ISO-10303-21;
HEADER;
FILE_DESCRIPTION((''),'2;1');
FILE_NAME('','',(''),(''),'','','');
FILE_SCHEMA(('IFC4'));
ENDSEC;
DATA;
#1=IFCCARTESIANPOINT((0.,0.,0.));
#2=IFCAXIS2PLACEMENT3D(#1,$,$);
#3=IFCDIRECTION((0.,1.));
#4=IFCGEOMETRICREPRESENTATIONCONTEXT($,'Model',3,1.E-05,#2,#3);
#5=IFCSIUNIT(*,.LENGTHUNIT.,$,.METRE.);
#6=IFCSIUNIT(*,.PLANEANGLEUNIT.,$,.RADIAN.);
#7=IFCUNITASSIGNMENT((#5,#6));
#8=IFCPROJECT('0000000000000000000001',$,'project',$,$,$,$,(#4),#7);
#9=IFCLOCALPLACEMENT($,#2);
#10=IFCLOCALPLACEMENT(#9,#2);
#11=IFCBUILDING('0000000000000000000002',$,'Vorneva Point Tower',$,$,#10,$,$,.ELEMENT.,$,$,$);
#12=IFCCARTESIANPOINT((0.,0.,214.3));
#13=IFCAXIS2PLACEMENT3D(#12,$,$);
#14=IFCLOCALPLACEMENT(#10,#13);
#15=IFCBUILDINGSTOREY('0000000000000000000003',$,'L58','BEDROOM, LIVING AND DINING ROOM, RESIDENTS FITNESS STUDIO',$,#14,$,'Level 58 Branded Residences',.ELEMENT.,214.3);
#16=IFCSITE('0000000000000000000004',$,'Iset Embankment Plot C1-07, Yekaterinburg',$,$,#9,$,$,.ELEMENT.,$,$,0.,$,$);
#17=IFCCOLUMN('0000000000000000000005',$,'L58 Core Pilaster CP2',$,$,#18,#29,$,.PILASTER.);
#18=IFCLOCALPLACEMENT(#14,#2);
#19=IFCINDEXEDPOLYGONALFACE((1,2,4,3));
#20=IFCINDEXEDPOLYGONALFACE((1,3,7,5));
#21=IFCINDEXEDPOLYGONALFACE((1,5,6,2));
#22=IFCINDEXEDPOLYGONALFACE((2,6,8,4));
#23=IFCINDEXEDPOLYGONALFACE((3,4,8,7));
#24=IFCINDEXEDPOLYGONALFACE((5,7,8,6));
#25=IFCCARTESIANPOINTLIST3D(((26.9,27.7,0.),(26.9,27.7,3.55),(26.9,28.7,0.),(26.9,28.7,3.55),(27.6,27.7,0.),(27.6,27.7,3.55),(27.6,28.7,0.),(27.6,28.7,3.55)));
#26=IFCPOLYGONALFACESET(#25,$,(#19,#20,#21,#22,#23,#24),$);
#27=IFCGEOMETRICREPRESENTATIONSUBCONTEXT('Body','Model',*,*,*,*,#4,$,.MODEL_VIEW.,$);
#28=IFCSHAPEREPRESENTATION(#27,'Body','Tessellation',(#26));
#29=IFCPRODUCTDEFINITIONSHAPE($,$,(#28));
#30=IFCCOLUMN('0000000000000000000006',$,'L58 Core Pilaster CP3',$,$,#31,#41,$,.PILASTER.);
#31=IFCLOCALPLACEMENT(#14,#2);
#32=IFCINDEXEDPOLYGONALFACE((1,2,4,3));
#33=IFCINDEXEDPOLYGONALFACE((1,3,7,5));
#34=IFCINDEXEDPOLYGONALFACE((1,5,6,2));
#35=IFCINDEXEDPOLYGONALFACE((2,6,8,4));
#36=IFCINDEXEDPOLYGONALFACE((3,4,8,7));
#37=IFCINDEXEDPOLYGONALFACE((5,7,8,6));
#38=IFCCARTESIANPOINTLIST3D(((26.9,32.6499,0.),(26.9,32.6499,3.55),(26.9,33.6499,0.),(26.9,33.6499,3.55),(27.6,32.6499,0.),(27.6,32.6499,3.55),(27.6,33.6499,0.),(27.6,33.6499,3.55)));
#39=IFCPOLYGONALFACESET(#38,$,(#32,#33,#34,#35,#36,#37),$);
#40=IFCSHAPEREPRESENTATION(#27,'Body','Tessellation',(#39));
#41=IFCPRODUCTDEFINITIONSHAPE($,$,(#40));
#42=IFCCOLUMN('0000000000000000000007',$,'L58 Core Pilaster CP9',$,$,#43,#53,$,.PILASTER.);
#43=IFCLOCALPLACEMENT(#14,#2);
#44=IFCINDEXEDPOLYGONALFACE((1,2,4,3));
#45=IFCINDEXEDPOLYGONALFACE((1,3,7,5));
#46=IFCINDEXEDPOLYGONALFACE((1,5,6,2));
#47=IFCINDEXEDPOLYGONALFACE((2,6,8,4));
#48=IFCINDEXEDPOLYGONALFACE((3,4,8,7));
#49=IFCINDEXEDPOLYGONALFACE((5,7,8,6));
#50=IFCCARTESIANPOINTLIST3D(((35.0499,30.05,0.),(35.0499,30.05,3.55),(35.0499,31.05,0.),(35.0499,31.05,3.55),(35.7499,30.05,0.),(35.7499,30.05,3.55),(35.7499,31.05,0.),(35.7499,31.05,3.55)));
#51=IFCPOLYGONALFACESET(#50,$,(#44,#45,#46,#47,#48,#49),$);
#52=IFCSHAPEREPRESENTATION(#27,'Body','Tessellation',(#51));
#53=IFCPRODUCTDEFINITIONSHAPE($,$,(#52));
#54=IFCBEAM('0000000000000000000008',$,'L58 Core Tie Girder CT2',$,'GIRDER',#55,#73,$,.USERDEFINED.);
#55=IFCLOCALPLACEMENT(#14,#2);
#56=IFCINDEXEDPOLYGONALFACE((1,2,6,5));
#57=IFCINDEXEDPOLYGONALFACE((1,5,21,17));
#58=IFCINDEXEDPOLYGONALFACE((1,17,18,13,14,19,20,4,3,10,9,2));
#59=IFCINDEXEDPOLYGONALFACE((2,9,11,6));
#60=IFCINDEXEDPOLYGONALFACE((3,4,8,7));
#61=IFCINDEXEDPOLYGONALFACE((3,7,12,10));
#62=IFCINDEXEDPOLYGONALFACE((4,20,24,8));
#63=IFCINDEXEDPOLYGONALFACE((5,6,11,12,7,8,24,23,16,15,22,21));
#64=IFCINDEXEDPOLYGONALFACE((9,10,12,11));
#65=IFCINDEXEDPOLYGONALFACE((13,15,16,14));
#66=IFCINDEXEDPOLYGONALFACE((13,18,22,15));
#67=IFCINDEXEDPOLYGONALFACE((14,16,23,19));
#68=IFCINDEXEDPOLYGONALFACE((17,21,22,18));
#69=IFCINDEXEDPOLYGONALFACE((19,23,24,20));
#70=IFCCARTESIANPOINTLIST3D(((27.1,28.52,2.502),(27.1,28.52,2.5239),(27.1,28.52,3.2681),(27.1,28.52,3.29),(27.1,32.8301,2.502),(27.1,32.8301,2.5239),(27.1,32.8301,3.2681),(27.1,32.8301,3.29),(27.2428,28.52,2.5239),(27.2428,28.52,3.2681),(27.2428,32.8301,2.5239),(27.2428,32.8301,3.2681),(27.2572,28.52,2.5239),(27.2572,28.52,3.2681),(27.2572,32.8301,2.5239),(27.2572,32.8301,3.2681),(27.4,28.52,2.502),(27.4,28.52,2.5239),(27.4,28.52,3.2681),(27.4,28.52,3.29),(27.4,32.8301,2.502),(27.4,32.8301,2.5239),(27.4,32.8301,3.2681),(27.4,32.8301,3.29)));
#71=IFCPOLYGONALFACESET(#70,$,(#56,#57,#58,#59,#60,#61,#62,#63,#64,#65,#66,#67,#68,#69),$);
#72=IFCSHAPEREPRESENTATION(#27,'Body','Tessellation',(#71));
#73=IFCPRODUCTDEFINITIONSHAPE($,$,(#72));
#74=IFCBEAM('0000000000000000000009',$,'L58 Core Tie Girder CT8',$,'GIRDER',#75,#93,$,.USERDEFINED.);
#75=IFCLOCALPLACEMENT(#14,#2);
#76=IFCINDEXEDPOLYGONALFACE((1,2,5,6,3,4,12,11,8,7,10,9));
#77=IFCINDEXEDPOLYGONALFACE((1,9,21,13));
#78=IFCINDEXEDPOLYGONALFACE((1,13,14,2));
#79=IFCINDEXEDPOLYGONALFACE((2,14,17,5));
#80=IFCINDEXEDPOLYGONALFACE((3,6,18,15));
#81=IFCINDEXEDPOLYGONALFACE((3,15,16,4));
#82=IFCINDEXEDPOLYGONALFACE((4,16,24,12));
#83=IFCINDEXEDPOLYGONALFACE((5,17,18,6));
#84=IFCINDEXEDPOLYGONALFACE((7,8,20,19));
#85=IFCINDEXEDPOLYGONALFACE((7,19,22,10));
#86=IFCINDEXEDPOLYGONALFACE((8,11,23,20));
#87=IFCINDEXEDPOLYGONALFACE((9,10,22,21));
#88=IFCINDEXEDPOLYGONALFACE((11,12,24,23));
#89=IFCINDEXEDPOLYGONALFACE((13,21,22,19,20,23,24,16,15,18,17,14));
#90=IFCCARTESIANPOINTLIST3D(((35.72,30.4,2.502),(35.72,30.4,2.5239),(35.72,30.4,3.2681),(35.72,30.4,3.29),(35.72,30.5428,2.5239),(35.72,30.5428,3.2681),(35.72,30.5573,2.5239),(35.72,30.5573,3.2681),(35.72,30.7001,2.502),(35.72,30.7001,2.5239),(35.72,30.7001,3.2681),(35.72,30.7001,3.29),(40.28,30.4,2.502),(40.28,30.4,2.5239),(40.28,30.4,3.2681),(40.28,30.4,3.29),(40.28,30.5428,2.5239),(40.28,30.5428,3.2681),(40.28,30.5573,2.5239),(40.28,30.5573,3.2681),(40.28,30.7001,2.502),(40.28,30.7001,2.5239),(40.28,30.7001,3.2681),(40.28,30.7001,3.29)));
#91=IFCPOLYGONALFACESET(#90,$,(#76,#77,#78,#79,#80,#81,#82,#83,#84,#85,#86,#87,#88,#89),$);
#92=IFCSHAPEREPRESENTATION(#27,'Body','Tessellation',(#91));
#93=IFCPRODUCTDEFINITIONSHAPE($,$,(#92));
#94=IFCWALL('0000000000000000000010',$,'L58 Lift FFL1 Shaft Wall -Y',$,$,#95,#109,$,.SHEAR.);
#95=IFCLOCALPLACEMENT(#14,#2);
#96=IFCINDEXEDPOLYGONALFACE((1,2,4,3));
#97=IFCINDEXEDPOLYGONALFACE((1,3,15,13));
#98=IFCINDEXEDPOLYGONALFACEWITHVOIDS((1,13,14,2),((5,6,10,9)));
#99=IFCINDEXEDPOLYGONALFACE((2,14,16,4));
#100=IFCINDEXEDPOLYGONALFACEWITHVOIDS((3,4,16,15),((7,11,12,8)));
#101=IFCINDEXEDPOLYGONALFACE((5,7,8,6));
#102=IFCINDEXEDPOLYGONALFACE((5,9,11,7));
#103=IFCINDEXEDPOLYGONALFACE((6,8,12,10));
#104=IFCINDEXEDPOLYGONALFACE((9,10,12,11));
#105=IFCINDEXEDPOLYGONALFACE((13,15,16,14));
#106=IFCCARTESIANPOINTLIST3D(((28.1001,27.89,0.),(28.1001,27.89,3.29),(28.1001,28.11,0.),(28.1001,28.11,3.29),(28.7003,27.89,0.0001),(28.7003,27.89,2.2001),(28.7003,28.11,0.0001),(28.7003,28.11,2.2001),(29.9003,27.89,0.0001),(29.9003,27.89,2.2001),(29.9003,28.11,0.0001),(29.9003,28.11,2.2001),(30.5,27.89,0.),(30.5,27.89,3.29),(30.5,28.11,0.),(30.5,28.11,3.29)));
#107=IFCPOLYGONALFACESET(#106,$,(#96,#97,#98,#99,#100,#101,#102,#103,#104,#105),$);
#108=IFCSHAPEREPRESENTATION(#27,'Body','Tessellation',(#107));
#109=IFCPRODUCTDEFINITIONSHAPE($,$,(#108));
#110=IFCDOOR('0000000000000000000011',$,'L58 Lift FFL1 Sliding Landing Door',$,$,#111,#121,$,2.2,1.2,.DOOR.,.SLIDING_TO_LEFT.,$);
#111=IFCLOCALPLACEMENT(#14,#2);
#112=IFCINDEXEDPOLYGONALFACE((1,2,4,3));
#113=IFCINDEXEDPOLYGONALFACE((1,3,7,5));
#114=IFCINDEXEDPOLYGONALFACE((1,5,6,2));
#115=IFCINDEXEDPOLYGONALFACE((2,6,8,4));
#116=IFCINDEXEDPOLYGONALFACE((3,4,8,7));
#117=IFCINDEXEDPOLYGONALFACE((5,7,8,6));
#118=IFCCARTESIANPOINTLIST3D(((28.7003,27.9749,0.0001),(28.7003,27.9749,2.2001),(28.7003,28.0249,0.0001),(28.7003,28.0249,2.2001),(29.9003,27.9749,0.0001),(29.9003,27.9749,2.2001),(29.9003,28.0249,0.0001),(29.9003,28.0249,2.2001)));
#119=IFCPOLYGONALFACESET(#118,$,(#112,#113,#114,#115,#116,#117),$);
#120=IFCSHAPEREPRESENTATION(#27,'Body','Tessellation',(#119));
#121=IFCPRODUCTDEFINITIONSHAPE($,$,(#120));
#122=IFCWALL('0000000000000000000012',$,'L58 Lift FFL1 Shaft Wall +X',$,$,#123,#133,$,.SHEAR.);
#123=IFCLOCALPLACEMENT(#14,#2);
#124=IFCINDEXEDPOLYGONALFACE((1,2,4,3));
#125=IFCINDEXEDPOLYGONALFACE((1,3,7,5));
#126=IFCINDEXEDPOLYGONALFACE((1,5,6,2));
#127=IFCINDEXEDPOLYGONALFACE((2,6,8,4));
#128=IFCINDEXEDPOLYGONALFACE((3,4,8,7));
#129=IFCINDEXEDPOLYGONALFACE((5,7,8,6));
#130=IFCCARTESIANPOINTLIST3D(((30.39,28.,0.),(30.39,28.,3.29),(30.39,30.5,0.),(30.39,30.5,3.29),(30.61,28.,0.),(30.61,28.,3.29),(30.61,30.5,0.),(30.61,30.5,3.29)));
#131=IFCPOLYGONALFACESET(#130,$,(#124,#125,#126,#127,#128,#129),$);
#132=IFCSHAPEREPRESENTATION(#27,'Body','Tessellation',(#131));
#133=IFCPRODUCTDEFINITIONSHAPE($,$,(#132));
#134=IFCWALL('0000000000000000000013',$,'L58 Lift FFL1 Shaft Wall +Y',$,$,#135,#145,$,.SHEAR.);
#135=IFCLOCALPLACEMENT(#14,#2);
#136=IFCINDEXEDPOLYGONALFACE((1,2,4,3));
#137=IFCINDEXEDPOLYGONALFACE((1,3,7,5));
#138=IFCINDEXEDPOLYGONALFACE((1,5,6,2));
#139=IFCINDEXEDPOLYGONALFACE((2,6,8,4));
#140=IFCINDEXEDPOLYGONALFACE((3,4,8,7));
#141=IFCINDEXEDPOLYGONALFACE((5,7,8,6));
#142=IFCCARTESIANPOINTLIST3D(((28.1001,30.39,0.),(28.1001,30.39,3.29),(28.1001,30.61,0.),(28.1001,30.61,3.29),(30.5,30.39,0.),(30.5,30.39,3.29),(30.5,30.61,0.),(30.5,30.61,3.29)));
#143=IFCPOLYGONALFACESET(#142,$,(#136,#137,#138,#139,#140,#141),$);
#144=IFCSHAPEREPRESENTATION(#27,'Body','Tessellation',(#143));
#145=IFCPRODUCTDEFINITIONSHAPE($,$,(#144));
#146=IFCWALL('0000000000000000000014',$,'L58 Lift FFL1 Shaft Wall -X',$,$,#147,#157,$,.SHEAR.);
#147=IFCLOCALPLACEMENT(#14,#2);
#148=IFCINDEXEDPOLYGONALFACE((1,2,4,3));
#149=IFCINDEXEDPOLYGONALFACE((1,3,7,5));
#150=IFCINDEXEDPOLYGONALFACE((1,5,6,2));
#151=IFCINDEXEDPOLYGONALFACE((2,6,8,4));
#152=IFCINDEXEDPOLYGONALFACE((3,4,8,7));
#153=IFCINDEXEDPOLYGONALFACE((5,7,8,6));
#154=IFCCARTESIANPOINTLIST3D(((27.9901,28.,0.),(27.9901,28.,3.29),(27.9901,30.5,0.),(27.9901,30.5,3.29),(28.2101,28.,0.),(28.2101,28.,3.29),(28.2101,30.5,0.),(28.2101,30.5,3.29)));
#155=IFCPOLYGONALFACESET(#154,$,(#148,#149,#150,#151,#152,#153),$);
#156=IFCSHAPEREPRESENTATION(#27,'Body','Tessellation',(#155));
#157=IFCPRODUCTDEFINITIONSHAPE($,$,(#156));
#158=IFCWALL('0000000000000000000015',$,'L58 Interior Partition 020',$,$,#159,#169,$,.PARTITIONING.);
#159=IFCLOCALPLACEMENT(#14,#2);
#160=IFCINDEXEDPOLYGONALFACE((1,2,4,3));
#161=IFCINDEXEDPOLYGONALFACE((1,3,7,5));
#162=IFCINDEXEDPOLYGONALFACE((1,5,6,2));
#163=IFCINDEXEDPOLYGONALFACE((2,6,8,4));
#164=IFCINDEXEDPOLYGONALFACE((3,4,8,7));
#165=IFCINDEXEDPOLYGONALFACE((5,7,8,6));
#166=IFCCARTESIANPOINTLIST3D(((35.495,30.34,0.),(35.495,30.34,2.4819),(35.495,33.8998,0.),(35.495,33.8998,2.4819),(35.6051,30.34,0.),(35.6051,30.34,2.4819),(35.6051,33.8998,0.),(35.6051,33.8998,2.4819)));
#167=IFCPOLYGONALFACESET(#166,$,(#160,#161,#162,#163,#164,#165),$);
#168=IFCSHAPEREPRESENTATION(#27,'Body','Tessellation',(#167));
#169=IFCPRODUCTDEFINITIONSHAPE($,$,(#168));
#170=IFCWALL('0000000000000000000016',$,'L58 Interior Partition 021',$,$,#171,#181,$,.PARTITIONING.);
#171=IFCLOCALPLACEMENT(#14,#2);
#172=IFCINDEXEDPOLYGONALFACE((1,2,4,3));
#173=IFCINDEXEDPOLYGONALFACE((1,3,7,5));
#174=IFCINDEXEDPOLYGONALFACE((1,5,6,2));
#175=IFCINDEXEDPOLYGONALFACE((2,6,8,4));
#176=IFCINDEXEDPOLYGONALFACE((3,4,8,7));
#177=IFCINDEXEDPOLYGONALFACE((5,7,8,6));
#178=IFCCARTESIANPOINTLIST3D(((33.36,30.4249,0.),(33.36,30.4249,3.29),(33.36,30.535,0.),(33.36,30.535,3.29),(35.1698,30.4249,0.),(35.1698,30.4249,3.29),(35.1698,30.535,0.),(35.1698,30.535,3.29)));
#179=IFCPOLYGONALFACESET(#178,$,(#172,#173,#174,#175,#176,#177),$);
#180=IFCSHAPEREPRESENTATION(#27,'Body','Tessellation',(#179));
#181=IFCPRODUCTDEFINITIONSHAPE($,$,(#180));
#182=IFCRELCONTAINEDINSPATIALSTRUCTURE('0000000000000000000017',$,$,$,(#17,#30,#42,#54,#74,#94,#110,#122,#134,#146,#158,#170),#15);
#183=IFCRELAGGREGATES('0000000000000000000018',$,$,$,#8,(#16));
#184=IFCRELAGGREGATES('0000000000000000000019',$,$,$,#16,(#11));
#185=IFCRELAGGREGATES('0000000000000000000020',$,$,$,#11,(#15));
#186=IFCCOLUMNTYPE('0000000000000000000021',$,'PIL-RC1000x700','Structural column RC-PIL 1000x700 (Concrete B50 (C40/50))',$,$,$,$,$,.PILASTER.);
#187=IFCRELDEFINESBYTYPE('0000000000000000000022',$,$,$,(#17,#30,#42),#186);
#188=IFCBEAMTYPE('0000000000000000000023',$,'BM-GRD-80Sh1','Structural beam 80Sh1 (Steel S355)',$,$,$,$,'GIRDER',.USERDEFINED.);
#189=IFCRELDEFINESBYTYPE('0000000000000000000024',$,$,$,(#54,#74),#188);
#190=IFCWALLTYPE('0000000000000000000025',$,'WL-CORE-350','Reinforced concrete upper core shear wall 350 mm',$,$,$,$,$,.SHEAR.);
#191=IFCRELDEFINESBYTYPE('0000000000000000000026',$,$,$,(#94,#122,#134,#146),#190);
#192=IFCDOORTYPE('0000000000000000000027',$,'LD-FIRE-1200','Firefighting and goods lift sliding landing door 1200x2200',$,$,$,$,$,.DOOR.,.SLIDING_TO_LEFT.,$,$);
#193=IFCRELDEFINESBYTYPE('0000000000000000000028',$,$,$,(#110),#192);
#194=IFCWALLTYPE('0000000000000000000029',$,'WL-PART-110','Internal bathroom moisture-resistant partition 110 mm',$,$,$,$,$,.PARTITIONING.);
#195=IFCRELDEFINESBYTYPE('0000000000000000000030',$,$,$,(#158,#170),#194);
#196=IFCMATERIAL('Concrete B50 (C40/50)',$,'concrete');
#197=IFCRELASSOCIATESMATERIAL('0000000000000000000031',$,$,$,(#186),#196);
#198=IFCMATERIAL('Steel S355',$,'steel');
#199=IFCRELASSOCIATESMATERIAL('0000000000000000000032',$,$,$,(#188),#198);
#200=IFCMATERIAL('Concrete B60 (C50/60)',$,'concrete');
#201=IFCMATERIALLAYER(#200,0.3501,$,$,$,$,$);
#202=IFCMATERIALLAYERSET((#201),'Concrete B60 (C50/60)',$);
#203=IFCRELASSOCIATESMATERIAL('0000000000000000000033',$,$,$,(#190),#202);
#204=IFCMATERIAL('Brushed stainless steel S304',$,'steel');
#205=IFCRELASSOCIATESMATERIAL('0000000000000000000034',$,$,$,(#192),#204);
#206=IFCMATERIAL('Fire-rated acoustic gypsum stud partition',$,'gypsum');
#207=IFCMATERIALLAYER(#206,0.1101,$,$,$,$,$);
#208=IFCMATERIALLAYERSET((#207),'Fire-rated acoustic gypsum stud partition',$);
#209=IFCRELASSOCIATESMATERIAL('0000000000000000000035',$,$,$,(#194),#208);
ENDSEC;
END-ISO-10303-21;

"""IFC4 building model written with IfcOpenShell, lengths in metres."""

from ifc_helpers import new_model, si_unit, direction, frame, frame_2d, origin, origin_2d, place, context, subcontext, project, spatial, rectangle, i_section, extrude, material, layer, layer_set, material_profile, profile_set, type_object, element, fill, save


model = new_model("IFC4")

# Units and contexts
model_context = context("Model", 3, precision=1e-05, world=origin(), true_north=direction((0.0, 1.0)))
body_context = subcontext(model_context, "Body", "Model", "MODEL_VIEW")
ifc_project = project(units=[si_unit("LENGTHUNIT", "METRE"), si_unit("PLANEANGLEUNIT", "RADIAN")], contexts=[model_context])

# Site, building, storey
site_placement = place(None, origin())
site = spatial("IfcSite", under=ifc_project, at=site_placement, Name="Iset Embankment Plot C1-07, Yekaterinburg", CompositionType="ELEMENT", RefElevation=0.0)
building_placement = place(site_placement, origin())
building = spatial("IfcBuilding", under=site, at=building_placement, Name="Vorneva Point Tower", CompositionType="ELEMENT")
storey_placement = place(building_placement, frame((0.0, 0.0, 214.3)))
storey = spatial("IfcBuildingStorey", under=building, at=storey_placement, Name="L58", Description="BEDROOM, LIVING AND DINING ROOM, RESIDENTS FITNESS STUDIO", LongName="Level 58 Branded Residences", CompositionType="ELEMENT", Elevation=214.3)

# Columns
ifc_material_1 = material(Name="Concrete B50 (C40/50)", Category="concrete")
ifc_material_profile_1 = material_profile(ifc_material_1, rectangle(XDim=0.7, YDim=1.0, at=origin_2d()), Name="RC-PIL 1000x700")
ifc_profile_set_1 = profile_set([ifc_material_profile_1], Name="Concrete B50 (C40/50)")
column_type = type_object("IfcColumnType", Name="PIL-RC1000x700", Description="Structural column RC-PIL 1000x700 (Concrete B50 (C40/50))", PredefinedType="PILASTER", material=ifc_profile_set_1)
for number, where, z_axis, x_axis, name in (
    (1, (27.25, 28.2, 0.0), (0.0, 0.0, 1.0), (1.0, 0.0, 0.0), "L58 Core Pilaster CP2"),
    (2, (27.25, 33.1499, 0.0), (0.0, 0.0, 1.0), (1.0, 0.0, 0.0), "L58 Core Pilaster CP3"),
    (3, (35.3999, 30.55, 0.0), (0.0, 0.0, 1.0), (1.0, 0.0, 0.0), "L58 Core Pilaster CP9"),
):
    element("IfcColumn", number, at=place(storey_placement, frame(where, z_axis=z_axis, x_axis=x_axis)), inside=storey, type_object=column_type, Name=name, PredefinedType="PILASTER", context=body_context, shape_type="SweptSolid", body=[
        extrude(rectangle(XDim=0.7, YDim=1.0, at=origin_2d()), origin(), (0.0, 0.0, 1.0), 3.55),
    ])

# Beams
ifc_material_2 = material(Name="Steel S355", Category="steel")
ifc_material_profile_2 = material_profile(ifc_material_2, i_section(OverallWidth=0.3, OverallDepth=0.7881, WebThickness=0.0144, FlangeThickness=0.022, at=origin_2d()), Name="80Sh1")
ifc_profile_set_2 = profile_set([ifc_material_profile_2], Name="Steel S355")
beam_type = type_object("IfcBeamType", Name="BM-GRD-80Sh1", Description="Structural beam 80Sh1 (Steel S355)", ElementType="GIRDER", PredefinedType="USERDEFINED", material=ifc_profile_set_2)
beam_1_placement = place(storey_placement, frame((27.25, 28.52, 2.896), z_axis=(0.0, 1.0, 0.0), x_axis=(-1.0, 0.0, 0.0)))
element("IfcBeam", 4, at=beam_1_placement, inside=storey, type_object=beam_type, Name="L58 Core Tie Girder CT2", ObjectType="GIRDER", PredefinedType="USERDEFINED", context=body_context, shape_type="SweptSolid", body=[
    extrude(i_section(OverallWidth=0.3, OverallDepth=0.7881, WebThickness=0.0144, FlangeThickness=0.022, at=origin_2d()), origin(), (0.0, 0.0, 1.0), 4.3101),
])
beam_2_placement = place(storey_placement, frame((35.72, 30.55, 2.896), z_axis=(1.0, 0.0, 0.0), x_axis=(0.0, 1.0, 0.0)))
element("IfcBeam", 5, at=beam_2_placement, inside=storey, type_object=beam_type, Name="L58 Core Tie Girder CT8", ObjectType="GIRDER", PredefinedType="USERDEFINED", context=body_context, shape_type="SweptSolid", body=[
    extrude(i_section(OverallWidth=0.3, OverallDepth=0.7881, WebThickness=0.0144, FlangeThickness=0.022, at=origin_2d()), origin(), (0.0, 0.0, 1.0), 4.5601),
])

# Wall, opening, door
ifc_material_3 = material(Name="Concrete B60 (C50/60)", Category="concrete")
ifc_layer_1 = layer(ifc_material_3, 0.3501)
ifc_layer_set_1 = layer_set([ifc_layer_1], Name="Concrete B60 (C50/60)")
wall_type_1 = type_object("IfcWallType", Name="WL-CORE-350", Description="Reinforced concrete upper core shear wall 350 mm", PredefinedType="SHEAR", material=ifc_layer_set_1)
wall_1_placement = place(storey_placement, frame((28.1001, 28.0, 0.0), z_axis=(0.0, 0.0, 1.0), x_axis=(1.0, 0.0, 0.0)))
wall_1 = element("IfcWall", 6, at=wall_1_placement, inside=storey, type_object=wall_type_1, Name="L58 Lift FFL1 Shaft Wall -Y", PredefinedType="SHEAR", context=body_context, shape_type="SweptSolid", body=[
    extrude(rectangle(XDim=2.3999, YDim=0.22, at=frame_2d((1.2, 0.0))), origin(), (0.0, 0.0, 1.0), 3.29),
])
opening_1_placement = place(wall_1_placement, frame((0.6001, 0.0, 0.0)))
opening_1 = element("IfcOpeningElement", 7, at=opening_1_placement, cuts=wall_1, PredefinedType="OPENING", context=body_context, shape_type="SweptSolid", body=[
    extrude(rectangle(XDim=1.2, YDim=2.2, at=frame_2d((0.6001, 1.1001))), frame((0.0, 0.125, 0.0), z_axis=(0.0, -1.0, 0.0), x_axis=(1.0, 0.0, 0.0)), (0.0, 0.0, 1.0), 0.2498),
])
ifc_material_4 = material(Name="Brushed stainless steel S304", Category="steel")
door_type_1 = type_object("IfcDoorType", Name="LD-FIRE-1200", Description="Firefighting and goods lift sliding landing door 1200x2200", OperationType="SLIDING_TO_LEFT", PredefinedType="DOOR", material=ifc_material_4)
door_1_placement = place(opening_1_placement, origin())
door_1 = element("IfcDoor", 8, at=door_1_placement, inside=storey, type_object=door_type_1, Name="L58 Lift FFL1 Sliding Landing Door", OperationType="SLIDING_TO_LEFT", OverallHeight=2.2, OverallWidth=1.2, PredefinedType="DOOR", context=body_context, shape_type="SweptSolid", body=[
    extrude(rectangle(XDim=1.2, YDim=2.2, at=frame_2d((0.6001, 1.1001))), frame((0.0, 0.0249, 0.0), z_axis=(0.0, -1.0, 0.0), x_axis=(1.0, 0.0, 0.0)), (0.0, 0.0, 1.0), 0.05),
])
fill(opening_1, door_1)

# Walls
wall_2_placement = place(storey_placement, frame((30.5, 28.0, 0.0), z_axis=(0.0, 0.0, 1.0), x_axis=(0.0, 1.0, 0.0)))
element("IfcWall", 9, at=wall_2_placement, inside=storey, type_object=wall_type_1, Name="L58 Lift FFL1 Shaft Wall +X", PredefinedType="SHEAR", context=body_context, shape_type="SweptSolid", body=[
    extrude(rectangle(XDim=2.5, YDim=0.22, at=frame_2d((1.25, 0.0))), origin(), (0.0, 0.0, 1.0), 3.29),
])
wall_3_placement = place(storey_placement, frame((30.5, 30.5, 0.0), z_axis=(0.0, 0.0, 1.0), x_axis=(-1.0, 0.0, 0.0)))
element("IfcWall", 10, at=wall_3_placement, inside=storey, type_object=wall_type_1, Name="L58 Lift FFL1 Shaft Wall +Y", PredefinedType="SHEAR", context=body_context, shape_type="SweptSolid", body=[
    extrude(rectangle(XDim=2.3999, YDim=0.22, at=frame_2d((1.2, 0.0))), origin(), (0.0, 0.0, 1.0), 3.29),
])
wall_4_placement = place(storey_placement, frame((28.1001, 30.5, 0.0), z_axis=(0.0, 0.0, 1.0), x_axis=(0.0, -1.0, 0.0)))
element("IfcWall", 11, at=wall_4_placement, inside=storey, type_object=wall_type_1, Name="L58 Lift FFL1 Shaft Wall -X", PredefinedType="SHEAR", context=body_context, shape_type="SweptSolid", body=[
    extrude(rectangle(XDim=2.5, YDim=0.22, at=frame_2d((1.25, 0.0))), origin(), (0.0, 0.0, 1.0), 3.29),
])
ifc_material_5 = material(Name="Fire-rated acoustic gypsum stud partition", Category="gypsum")
ifc_layer_2 = layer(ifc_material_5, 0.1101)
ifc_layer_set_2 = layer_set([ifc_layer_2], Name="Fire-rated acoustic gypsum stud partition")
wall_type_2 = type_object("IfcWallType", Name="WL-PART-110", Description="Internal bathroom moisture-resistant partition 110 mm", PredefinedType="PARTITIONING", material=ifc_layer_set_2)
wall_5_placement = place(storey_placement, frame((35.55, 30.3401, 0.0), z_axis=(0.0, 0.0, 1.0), x_axis=(0.0, 1.0, 0.0)))
element("IfcWall", 12, at=wall_5_placement, inside=storey, type_object=wall_type_2, Name="L58 Interior Partition 020", PredefinedType="PARTITIONING", context=body_context, shape_type="SweptSolid", body=[
    extrude(rectangle(XDim=3.5598, YDim=0.1101, at=frame_2d((1.7798, 0.0))), origin(), (0.0, 0.0, 1.0), 2.4819),
])
wall_6_placement = place(storey_placement, frame((33.3601, 30.48, 0.0), z_axis=(0.0, 0.0, 1.0), x_axis=(1.0, 0.0, 0.0)))
element("IfcWall", 13, at=wall_6_placement, inside=storey, type_object=wall_type_2, Name="L58 Interior Partition 021", PredefinedType="PARTITIONING", context=body_context, shape_type="SweptSolid", body=[
    extrude(rectangle(XDim=1.8098, YDim=0.1101, at=frame_2d((0.9048, 0.0))), origin(), (0.0, 0.0, 1.0), 3.29),
])

save(model, "model.ifc")
